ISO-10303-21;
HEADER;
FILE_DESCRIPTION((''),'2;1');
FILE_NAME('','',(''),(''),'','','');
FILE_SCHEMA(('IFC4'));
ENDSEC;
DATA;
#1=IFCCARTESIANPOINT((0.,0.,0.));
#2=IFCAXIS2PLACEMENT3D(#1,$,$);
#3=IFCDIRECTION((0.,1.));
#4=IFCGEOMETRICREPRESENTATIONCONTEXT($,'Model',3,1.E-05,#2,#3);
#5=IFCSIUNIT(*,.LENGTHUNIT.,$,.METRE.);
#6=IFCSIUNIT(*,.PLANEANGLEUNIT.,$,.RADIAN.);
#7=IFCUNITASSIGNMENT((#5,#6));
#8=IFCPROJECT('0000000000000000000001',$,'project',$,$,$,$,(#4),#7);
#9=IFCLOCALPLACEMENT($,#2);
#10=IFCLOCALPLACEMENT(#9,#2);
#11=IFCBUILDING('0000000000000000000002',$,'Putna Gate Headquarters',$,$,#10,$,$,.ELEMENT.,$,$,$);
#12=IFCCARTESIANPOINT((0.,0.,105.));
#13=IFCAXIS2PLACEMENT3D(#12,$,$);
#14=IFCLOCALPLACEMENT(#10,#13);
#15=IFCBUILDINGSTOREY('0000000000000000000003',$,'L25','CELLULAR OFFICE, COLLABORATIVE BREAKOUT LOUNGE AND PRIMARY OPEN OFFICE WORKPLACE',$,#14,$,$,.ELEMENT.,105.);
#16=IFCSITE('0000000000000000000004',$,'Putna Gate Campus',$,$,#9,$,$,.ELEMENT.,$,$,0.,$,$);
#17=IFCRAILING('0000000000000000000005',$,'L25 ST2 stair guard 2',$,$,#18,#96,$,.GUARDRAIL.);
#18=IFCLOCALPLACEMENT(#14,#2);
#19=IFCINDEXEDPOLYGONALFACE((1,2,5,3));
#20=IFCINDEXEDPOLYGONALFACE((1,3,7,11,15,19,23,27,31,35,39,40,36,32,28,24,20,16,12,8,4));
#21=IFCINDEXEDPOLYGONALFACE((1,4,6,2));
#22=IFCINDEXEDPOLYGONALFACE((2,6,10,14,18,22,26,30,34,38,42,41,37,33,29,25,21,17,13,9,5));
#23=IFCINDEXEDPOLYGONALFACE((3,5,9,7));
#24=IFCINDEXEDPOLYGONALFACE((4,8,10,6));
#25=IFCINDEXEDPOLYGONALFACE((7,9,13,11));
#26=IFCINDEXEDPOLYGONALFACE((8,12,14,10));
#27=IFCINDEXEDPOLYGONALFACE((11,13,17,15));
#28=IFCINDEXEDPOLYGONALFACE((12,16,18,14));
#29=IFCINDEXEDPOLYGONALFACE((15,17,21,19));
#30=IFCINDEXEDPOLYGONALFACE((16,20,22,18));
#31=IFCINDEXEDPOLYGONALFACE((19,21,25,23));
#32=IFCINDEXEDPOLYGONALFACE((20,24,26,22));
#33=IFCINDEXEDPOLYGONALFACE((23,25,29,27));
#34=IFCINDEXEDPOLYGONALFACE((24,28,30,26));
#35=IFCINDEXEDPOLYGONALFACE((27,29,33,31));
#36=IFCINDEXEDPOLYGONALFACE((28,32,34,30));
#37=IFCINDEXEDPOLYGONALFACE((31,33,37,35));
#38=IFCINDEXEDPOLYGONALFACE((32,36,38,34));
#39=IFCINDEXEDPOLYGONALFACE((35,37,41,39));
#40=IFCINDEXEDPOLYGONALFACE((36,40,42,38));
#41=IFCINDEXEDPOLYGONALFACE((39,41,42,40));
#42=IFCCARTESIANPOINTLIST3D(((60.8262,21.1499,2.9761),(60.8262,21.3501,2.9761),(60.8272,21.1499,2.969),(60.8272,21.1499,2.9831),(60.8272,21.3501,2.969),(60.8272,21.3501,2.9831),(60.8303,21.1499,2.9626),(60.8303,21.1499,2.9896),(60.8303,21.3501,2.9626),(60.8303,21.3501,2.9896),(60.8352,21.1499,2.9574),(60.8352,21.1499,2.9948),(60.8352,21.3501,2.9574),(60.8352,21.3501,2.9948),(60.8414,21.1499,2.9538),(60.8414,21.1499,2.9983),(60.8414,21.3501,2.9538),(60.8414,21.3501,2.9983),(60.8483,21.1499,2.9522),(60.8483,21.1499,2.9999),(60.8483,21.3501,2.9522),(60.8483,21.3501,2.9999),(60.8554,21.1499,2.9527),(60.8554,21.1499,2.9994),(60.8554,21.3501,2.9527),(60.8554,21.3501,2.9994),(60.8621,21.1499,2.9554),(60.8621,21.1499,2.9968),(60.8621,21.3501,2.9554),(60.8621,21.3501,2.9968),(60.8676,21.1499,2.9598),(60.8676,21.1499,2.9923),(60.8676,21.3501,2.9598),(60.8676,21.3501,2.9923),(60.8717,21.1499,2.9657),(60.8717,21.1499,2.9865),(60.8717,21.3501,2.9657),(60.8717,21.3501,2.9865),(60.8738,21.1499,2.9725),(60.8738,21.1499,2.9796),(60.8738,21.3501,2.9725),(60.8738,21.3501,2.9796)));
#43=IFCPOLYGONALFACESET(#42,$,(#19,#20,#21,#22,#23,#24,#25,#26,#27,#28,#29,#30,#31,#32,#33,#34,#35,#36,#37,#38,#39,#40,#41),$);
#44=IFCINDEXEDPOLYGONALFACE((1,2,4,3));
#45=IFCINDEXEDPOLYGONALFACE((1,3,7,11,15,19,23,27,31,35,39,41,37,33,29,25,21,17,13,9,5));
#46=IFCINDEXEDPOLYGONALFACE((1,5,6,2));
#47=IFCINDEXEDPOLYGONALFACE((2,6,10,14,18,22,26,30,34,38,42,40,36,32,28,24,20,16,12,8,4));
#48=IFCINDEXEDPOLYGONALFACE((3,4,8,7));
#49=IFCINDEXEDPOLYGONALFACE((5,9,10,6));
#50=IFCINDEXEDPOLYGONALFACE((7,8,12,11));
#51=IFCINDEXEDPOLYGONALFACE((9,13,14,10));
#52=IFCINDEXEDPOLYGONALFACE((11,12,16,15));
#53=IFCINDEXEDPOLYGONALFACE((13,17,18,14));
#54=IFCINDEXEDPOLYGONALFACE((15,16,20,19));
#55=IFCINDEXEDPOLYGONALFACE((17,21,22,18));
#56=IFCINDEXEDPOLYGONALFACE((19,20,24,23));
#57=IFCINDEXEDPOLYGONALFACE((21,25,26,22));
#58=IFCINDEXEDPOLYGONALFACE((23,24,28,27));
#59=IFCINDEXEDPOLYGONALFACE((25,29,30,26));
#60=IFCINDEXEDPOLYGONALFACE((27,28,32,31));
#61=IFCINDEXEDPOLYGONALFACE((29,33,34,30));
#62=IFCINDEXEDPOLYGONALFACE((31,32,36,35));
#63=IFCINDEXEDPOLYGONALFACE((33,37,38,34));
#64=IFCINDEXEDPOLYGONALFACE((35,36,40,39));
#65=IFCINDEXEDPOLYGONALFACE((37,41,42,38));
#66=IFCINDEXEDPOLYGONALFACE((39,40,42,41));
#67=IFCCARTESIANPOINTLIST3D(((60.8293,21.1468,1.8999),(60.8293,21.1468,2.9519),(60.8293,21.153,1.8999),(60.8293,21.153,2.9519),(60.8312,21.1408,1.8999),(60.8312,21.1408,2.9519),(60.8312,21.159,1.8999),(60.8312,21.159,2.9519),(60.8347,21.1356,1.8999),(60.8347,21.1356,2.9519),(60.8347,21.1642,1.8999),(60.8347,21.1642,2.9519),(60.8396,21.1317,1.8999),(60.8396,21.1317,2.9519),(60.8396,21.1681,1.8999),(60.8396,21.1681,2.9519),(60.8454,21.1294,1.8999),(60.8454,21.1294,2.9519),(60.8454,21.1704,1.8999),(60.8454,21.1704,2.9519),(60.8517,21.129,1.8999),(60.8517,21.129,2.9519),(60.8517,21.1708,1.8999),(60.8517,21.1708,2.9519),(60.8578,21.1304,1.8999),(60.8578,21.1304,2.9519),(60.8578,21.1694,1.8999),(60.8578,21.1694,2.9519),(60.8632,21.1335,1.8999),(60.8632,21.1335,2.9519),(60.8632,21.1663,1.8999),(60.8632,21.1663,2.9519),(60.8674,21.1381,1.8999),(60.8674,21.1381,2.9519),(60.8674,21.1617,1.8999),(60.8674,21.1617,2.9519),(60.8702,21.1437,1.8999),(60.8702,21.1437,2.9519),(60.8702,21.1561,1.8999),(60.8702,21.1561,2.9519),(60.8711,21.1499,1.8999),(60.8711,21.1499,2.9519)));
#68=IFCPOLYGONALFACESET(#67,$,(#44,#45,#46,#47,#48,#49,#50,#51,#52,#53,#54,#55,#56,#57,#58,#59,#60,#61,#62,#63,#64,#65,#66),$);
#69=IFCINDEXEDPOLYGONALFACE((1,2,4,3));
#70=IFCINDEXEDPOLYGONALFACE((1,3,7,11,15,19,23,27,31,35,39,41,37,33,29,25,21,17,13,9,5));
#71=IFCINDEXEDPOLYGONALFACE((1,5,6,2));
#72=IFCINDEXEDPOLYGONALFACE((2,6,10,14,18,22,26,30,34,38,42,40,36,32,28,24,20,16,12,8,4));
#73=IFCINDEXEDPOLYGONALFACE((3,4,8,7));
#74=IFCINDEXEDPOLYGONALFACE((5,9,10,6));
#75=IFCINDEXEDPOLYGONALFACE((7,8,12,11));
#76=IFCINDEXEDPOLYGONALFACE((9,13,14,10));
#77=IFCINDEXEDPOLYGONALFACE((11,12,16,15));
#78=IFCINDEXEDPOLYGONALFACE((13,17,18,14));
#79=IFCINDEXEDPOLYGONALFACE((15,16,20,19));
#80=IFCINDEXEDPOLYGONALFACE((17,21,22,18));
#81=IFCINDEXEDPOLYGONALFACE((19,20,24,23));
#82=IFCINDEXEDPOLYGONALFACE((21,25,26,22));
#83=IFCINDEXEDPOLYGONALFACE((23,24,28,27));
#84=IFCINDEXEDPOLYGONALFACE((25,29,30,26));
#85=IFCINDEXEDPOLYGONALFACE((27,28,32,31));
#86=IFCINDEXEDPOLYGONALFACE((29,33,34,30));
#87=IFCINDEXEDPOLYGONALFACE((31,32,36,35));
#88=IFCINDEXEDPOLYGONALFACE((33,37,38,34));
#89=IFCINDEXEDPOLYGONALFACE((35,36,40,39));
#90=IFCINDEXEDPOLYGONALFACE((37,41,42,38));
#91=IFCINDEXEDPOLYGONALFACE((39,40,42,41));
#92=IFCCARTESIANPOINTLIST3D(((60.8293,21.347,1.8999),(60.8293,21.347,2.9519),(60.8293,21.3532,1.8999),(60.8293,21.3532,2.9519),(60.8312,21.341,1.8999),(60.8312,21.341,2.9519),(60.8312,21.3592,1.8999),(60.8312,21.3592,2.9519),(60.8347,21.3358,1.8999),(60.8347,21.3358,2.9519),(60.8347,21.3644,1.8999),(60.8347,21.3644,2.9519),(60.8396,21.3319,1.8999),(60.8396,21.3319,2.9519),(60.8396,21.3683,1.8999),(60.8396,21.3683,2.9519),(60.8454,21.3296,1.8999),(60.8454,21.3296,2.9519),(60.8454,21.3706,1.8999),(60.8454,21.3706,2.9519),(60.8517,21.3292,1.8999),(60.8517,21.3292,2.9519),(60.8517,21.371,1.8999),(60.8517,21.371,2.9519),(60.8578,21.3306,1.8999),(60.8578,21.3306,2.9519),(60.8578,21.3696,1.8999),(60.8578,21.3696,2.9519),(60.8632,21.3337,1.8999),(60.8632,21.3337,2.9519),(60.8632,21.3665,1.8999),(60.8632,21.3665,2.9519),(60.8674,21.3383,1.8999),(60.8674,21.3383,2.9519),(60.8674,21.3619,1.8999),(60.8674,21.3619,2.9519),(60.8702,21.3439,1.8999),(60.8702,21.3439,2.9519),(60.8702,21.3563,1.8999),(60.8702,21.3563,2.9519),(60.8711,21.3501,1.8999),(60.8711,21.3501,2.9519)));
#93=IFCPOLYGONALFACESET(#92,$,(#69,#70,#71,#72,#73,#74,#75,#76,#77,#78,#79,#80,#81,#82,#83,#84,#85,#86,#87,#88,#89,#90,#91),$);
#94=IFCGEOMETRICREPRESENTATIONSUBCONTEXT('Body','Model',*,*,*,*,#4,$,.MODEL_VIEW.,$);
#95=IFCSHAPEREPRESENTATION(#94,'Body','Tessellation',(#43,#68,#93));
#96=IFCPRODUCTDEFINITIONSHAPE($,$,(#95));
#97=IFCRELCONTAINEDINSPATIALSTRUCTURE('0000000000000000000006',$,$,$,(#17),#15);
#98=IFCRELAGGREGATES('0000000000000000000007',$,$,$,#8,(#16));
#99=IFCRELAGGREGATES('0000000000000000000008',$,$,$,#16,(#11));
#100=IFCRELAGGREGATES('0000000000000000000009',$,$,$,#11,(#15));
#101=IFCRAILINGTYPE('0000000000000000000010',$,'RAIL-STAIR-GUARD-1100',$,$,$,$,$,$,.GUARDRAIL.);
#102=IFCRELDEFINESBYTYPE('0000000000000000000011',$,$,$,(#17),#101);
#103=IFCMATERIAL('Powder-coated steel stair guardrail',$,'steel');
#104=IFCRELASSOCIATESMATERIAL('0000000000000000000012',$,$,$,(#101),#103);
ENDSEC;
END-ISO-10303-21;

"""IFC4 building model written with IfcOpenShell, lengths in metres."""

from ifc_helpers import new_model, si_unit, direction, frame, origin, origin_2d, place, context, subcontext, project, spatial, circle, extrude, material, type_object, element, save


model = new_model("IFC4")

# Units and contexts
model_context = context("Model", 3, precision=1e-05, world=origin(), true_north=direction((0.0, 1.0)))
body_context = subcontext(model_context, "Body", "Model", "MODEL_VIEW")
ifc_project = project(units=[si_unit("LENGTHUNIT", "METRE"), si_unit("PLANEANGLEUNIT", "RADIAN")], contexts=[model_context])

# Site, building, storey
site_placement = place(None, origin())
site = spatial("IfcSite", under=ifc_project, at=site_placement, Name="Putna Gate Campus", CompositionType="ELEMENT", RefElevation=0.0)
building_placement = place(site_placement, origin())
building = spatial("IfcBuilding", under=site, at=building_placement, Name="Putna Gate Headquarters", CompositionType="ELEMENT")
storey_placement = place(building_placement, frame((0.0, 0.0, 105.0)))
storey = spatial("IfcBuildingStorey", under=building, at=storey_placement, Name="L25", Description="CELLULAR OFFICE, COLLABORATIVE BREAKOUT LOUNGE AND PRIMARY OPEN OFFICE WORKPLACE", CompositionType="ELEMENT", Elevation=105.0)

# Railing
ifc_material_1 = material(Name="Powder-coated steel stair guardrail", Category="steel")
railing_type_1 = type_object("IfcRailingType", Name="RAIL-STAIR-GUARD-1100", PredefinedType="GUARDRAIL", material=ifc_material_1)
railing_1_placement = place(storey_placement, frame((60.8501, 21.1499, 1.8999)))
element("IfcRailing", 1, at=railing_1_placement, inside=storey, type_object=railing_type_1, Name="L25 ST2 stair guard 2", PredefinedType="GUARDRAIL", context=body_context, shape_type="SweptSolid", body=[
    extrude(circle(Radius=0.0239, at=origin_2d()), frame((0.0, 0.0, 1.0762), z_axis=(0.0, 1.0, 0.0), x_axis=(-1.0, 0.0, 0.0)), (0.0, 0.0, 1.0), 0.2002),
    extrude(circle(Radius=0.021, at=origin_2d()), origin(), (0.0, 0.0, 1.0), 1.052),
    extrude(circle(Radius=0.021, at=origin_2d()), frame((0.0, 0.2002, 0.0)), (0.0, 0.0, 1.0), 1.052),
])

save(model, "model.ifc")
